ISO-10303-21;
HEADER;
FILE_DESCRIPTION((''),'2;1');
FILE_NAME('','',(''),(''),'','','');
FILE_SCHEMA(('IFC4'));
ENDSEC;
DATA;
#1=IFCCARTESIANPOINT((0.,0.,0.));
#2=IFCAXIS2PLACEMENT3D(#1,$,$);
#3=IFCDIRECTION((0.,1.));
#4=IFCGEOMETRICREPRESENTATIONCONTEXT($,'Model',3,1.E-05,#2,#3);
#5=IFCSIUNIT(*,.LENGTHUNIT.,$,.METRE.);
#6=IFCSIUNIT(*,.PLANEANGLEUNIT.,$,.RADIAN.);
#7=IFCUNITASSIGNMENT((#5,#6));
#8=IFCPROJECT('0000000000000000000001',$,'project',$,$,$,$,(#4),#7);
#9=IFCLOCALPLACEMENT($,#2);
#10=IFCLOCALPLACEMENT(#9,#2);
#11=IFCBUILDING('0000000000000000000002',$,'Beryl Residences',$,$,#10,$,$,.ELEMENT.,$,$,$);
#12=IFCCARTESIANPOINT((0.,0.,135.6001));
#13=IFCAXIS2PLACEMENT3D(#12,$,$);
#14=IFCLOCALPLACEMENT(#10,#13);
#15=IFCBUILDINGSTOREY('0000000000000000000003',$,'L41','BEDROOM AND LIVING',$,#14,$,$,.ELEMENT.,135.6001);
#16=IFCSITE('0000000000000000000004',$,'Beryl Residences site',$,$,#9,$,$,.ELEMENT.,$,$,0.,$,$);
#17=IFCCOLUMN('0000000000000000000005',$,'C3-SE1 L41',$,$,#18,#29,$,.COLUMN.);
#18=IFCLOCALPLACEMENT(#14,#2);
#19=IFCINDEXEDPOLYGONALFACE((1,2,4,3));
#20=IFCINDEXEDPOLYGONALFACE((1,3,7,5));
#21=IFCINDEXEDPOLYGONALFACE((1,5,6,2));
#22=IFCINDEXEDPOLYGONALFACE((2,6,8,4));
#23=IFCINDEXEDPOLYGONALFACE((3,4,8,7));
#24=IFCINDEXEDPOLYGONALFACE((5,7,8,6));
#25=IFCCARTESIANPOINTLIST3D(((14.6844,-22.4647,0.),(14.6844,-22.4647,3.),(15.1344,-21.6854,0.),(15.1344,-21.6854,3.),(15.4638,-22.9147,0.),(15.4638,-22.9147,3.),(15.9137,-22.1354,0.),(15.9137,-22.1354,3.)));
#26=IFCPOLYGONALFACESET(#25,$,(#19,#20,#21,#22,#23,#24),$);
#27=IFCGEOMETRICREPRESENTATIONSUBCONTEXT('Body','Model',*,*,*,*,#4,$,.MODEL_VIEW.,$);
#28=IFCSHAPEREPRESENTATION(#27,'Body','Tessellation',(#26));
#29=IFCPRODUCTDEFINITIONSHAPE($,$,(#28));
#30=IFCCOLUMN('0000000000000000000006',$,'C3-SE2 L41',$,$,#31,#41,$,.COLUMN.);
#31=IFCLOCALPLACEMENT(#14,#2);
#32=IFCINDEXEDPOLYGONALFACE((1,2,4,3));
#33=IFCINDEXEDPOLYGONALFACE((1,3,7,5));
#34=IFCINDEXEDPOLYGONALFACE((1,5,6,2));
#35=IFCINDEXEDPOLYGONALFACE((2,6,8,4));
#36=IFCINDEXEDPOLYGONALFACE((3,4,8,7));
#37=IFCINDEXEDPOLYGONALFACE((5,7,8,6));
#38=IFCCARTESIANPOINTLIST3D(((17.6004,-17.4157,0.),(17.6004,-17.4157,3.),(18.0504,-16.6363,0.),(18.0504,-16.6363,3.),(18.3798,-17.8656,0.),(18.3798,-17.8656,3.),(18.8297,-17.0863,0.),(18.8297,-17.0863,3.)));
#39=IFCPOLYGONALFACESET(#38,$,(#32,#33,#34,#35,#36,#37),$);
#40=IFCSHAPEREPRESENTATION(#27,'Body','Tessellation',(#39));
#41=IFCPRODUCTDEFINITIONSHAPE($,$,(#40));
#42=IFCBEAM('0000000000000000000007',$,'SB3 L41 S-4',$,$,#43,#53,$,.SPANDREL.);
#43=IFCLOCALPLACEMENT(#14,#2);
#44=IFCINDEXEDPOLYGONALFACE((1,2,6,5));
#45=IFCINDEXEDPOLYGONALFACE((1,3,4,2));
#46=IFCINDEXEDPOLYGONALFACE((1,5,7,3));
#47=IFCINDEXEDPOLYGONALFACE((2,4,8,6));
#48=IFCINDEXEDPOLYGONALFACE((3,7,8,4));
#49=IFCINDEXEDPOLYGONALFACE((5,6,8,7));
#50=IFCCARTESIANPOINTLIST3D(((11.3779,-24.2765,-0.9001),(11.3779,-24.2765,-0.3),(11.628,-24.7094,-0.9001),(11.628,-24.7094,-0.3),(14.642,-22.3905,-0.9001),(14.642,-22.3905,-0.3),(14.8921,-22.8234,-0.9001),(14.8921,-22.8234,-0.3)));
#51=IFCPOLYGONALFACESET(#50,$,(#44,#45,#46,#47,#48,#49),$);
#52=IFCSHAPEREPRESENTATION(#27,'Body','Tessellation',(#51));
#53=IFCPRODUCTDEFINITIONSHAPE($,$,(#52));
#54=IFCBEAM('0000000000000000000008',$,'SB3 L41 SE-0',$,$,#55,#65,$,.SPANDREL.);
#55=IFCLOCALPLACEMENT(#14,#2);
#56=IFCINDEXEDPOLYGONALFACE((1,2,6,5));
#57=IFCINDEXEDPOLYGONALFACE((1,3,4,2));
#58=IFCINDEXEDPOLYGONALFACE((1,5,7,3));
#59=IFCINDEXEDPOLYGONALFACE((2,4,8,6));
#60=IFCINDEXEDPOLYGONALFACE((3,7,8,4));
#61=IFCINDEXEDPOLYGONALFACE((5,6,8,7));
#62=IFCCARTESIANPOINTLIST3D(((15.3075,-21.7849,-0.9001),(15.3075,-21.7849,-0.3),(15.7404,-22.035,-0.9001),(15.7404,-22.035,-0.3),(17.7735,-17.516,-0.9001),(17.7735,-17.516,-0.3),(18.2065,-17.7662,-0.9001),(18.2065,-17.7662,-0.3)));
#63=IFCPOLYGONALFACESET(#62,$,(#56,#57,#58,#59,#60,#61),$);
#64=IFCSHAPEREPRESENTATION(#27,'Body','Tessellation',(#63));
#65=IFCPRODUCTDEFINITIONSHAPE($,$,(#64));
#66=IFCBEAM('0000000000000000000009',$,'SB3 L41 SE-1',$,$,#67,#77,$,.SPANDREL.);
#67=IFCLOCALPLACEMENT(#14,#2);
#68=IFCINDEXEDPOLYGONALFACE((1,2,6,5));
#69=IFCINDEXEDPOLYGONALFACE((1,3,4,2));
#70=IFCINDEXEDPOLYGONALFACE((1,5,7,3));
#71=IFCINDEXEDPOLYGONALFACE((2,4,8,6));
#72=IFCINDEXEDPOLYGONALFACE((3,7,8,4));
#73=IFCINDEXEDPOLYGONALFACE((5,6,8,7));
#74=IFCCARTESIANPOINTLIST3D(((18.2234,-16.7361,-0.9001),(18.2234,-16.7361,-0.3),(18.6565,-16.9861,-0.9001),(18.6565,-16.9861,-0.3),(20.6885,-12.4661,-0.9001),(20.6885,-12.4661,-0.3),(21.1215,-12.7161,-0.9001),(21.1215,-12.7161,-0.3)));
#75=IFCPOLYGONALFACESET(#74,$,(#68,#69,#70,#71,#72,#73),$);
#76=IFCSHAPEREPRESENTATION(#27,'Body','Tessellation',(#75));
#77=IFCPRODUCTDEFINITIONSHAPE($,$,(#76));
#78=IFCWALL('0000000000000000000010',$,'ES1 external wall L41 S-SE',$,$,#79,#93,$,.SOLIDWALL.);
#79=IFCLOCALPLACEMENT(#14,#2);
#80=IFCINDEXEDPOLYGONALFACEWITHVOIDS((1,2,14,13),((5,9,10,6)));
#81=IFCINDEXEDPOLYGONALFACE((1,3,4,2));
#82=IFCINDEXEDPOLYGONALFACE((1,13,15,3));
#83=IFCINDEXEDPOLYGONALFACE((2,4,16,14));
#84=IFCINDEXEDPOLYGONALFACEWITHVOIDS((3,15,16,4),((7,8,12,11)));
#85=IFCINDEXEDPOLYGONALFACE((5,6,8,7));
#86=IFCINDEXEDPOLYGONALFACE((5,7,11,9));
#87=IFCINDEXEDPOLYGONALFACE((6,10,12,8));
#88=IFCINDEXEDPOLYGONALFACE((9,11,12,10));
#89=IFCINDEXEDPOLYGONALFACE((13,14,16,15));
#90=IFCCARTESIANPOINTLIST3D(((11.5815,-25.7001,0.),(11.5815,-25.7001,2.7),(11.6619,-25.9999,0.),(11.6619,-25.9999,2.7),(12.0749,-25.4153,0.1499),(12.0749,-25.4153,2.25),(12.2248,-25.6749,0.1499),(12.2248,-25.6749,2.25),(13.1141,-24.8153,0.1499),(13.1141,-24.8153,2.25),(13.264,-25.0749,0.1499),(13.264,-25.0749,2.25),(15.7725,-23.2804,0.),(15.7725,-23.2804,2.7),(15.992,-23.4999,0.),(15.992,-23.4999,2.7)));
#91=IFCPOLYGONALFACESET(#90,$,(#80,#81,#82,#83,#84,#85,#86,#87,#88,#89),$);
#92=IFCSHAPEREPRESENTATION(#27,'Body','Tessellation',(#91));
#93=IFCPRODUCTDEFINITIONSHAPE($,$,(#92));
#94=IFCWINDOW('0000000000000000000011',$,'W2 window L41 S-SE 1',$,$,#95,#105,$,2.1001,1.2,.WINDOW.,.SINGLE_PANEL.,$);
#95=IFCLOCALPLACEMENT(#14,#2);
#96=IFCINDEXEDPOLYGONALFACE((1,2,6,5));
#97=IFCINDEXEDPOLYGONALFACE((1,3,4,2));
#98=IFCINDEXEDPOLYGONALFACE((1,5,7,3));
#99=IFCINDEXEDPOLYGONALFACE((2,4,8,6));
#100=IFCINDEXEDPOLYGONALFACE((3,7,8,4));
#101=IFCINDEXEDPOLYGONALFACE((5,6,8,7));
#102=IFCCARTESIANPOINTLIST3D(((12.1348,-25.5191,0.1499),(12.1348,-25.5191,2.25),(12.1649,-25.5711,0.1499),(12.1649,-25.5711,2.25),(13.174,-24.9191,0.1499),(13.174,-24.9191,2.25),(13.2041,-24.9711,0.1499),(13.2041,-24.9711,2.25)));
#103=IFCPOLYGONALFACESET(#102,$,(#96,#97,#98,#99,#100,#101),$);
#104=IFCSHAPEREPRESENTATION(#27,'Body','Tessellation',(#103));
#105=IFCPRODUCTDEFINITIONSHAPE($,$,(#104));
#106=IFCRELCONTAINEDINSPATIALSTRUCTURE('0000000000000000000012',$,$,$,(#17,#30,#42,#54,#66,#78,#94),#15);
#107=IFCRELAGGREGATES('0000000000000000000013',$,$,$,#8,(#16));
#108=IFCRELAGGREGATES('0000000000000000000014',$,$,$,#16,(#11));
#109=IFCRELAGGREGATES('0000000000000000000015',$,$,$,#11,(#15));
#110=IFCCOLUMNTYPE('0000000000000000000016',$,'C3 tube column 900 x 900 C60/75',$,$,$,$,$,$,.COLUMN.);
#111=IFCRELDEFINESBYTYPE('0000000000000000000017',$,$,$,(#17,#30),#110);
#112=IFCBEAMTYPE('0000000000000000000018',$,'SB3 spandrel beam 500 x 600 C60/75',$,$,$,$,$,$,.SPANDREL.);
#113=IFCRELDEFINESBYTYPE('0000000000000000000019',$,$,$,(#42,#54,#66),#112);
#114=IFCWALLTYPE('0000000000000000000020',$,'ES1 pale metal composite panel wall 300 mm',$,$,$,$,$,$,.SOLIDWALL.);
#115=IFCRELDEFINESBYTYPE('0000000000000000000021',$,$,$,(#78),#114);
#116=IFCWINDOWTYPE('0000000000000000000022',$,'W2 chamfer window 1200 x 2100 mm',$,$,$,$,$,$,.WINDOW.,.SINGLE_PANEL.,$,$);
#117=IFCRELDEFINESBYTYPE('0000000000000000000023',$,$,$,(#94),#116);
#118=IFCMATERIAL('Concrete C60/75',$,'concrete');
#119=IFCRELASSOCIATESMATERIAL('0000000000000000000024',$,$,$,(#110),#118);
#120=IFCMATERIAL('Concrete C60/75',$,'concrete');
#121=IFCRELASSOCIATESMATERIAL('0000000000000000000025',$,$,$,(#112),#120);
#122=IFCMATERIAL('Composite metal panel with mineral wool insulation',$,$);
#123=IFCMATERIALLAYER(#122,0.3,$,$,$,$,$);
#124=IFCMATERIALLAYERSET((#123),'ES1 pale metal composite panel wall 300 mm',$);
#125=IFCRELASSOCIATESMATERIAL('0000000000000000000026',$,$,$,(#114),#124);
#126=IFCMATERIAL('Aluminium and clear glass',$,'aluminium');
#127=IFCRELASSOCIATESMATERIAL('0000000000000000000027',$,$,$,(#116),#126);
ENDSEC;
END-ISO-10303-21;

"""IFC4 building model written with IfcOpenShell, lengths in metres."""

from ifc_helpers import new_model, si_unit, direction, frame, frame_2d, origin, origin_2d, place, context, subcontext, project, spatial, polyline, rectangle, outline, extrude, material, layer, layer_set, material_profile, profile_set, type_object, element, fill, save


model = new_model("IFC4")

# Units and contexts
model_context = context("Model", 3, precision=1e-05, world=origin(), true_north=direction((0.0, 1.0)))
body_context = subcontext(model_context, "Body", "Model", "MODEL_VIEW")
ifc_project = project(units=[si_unit("LENGTHUNIT", "METRE"), si_unit("PLANEANGLEUNIT", "RADIAN")], contexts=[model_context])

# Site, building, storey
site_placement = place(None, origin())
site = spatial("IfcSite", under=ifc_project, at=site_placement, Name="Beryl Residences site", CompositionType="ELEMENT", RefElevation=0.0)
building_placement = place(site_placement, origin())
building = spatial("IfcBuilding", under=site, at=building_placement, Name="Beryl Residences", CompositionType="ELEMENT")
storey_placement = place(building_placement, frame((0.0, 0.0, 135.6001)))
storey = spatial("IfcBuildingStorey", under=building, at=storey_placement, Name="L41", Description="BEDROOM AND LIVING", CompositionType="ELEMENT", Elevation=135.6001)

# Columns
ifc_material_1 = material(Name="Concrete C60/75", Category="concrete")
ifc_material_profile_1 = material_profile(ifc_material_1, rectangle(XDim=0.8999, YDim=0.8999, at=origin_2d()))
ifc_profile_set_1 = profile_set([ifc_material_profile_1], Name="Concrete C60/75")
column_type = type_object("IfcColumnType", Name="C3 tube column 900 x 900 C60/75", PredefinedType="COLUMN", material=ifc_profile_set_1)
for number, where, z_axis, x_axis, name in (
    (1, (15.2991, -22.3, 0.0), (0.0, 0.0, 1.0), (0.5, 0.866025, 0.0), "C3-SE1 L41"),
    (2, (18.2151, -17.251, 0.0), (0.0, 0.0, 1.0), (0.5, 0.866025, 0.0), "C3-SE2 L41"),
):
    element("IfcColumn", number, at=place(storey_placement, frame(where, z_axis=z_axis, x_axis=x_axis)), inside=storey, type_object=column_type, Name=name, PredefinedType="COLUMN", context=body_context, shape_type="SweptSolid", body=[
        extrude(rectangle(XDim=0.8999, YDim=0.8999, at=origin_2d()), origin(), (0.0, 0.0, 1.0), 3.0),
    ])

# Beams
ifc_material_2 = material(Name="Concrete C60/75", Category="concrete")
ifc_material_profile_2 = material_profile(ifc_material_2, rectangle(XDim=0.5, YDim=0.6001, at=origin_2d()))
ifc_profile_set_2 = profile_set([ifc_material_profile_2], Name="Concrete C60/75")
beam_type = type_object("IfcBeamType", Name="SB3 spandrel beam 500 x 600 C60/75", PredefinedType="SPANDREL", material=ifc_profile_set_2)
beam_1_placement = place(storey_placement, frame((11.5029, -24.4929, -0.6001), z_axis=(0.865862, 0.500283, 0.0), x_axis=(-0.500283, 0.865862, 0.0)))
element("IfcBeam", 3, at=beam_1_placement, inside=storey, type_object=beam_type, Name="SB3 L41 S-4", PredefinedType="SPANDREL", context=body_context, shape_type="SweptSolid", body=[
    extrude(rectangle(XDim=0.5, YDim=0.6001, at=origin_2d()), origin(), (0.0, 0.0, 1.0), 3.7698),
])
beam_2_placement = place(storey_placement, frame((15.5239, -21.9099, -0.6001), z_axis=(0.500224, 0.865896, 0.0), x_axis=(-0.865896, 0.500224, 0.0)))
element("IfcBeam", 4, at=beam_2_placement, inside=storey, type_object=beam_type, Name="SB3 L41 SE-0", PredefinedType="SPANDREL", context=body_context, shape_type="SweptSolid", body=[
    extrude(rectangle(XDim=0.5, YDim=0.6001, at=origin_2d()), origin(), (0.0, 0.0, 1.0), 4.9299),
])
beam_3_placement = place(storey_placement, frame((18.4399, -16.8611, -0.6001), z_axis=(0.499968, 0.866044, 0.0), x_axis=(-0.866044, 0.499968, 0.0)))
element("IfcBeam", 5, at=beam_3_placement, inside=storey, type_object=beam_type, Name="SB3 L41 SE-1", PredefinedType="SPANDREL", context=body_context, shape_type="SweptSolid", body=[
    extrude(rectangle(XDim=0.5, YDim=0.6001, at=origin_2d()), origin(), (0.0, 0.0, 1.0), 4.9304),
])

# Wall, opening, window
ifc_material_3 = material(Name="Composite metal panel with mineral wool insulation")
ifc_layer_1 = layer(ifc_material_3, 0.3)
ifc_layer_set_1 = layer_set([ifc_layer_1], Name="ES1 pale metal composite panel wall 300 mm")
wall_type_1 = type_object("IfcWallType", Name="ES1 pale metal composite panel wall 300 mm", PredefinedType="SOLIDWALL", material=ifc_layer_set_1)
wall_1_placement = place(storey_placement, frame((11.5869, -25.8701, 0.0), z_axis=(0.0, 0.0, 1.0), x_axis=(0.866023, 0.500004, 0.0)))
wall_1 = element("IfcWall", 6, at=wall_1_placement, inside=storey, type_object=wall_type_1, Name="ES1 external wall L41 S-SE", PredefinedType="SOLIDWALL", context=body_context, shape_type="SweptSolid", body=[
    extrude(outline(polyline([(0.0, -0.1499), (5.0, -0.1499), (4.9197, 0.1499), (0.0803, 0.1499), (0.0, -0.1499)])), origin(), (0.0, 0.0, 1.0), 2.7),
])
opening_1_placement = place(wall_1_placement, frame((0.6499, 0.0, 0.1499)))
opening_1 = element("IfcOpeningElement", 7, at=opening_1_placement, cuts=wall_1, PredefinedType="OPENING", context=body_context, shape_type="SweptSolid", body=[
    extrude(rectangle(XDim=1.2, YDim=2.1001, at=frame_2d((0.6001, 1.05))), frame((0.0, 0.1599, 0.0), z_axis=(0.0, -1.0, 0.0), x_axis=(1.0, 0.0, 0.0)), (0.0, 0.0, 1.0), 0.3201),
])
ifc_material_4 = material(Name="Aluminium and clear glass", Category="aluminium")
window_type_1 = type_object("IfcWindowType", Name="W2 chamfer window 1200 x 2100 mm", PartitioningType="SINGLE_PANEL", PredefinedType="WINDOW", material=ifc_material_4)
window_1_placement = place(opening_1_placement, origin())
window_1 = element("IfcWindow", 8, at=window_1_placement, inside=storey, type_object=window_type_1, Name="W2 window L41 S-SE 1", OverallHeight=2.1001, OverallWidth=1.2, PartitioningType="SINGLE_PANEL", PredefinedType="WINDOW", context=body_context, shape_type="SweptSolid", body=[
    extrude(rectangle(XDim=1.2, YDim=2.1001, at=frame_2d((0.6001, 1.05))), frame((0.0, 0.03, 0.0), z_axis=(0.0, -1.0, 0.0), x_axis=(1.0, 0.0, 0.0)), (0.0, 0.0, 1.0), 0.0601),
])
fill(opening_1, window_1)

save(model, "model.ifc")
